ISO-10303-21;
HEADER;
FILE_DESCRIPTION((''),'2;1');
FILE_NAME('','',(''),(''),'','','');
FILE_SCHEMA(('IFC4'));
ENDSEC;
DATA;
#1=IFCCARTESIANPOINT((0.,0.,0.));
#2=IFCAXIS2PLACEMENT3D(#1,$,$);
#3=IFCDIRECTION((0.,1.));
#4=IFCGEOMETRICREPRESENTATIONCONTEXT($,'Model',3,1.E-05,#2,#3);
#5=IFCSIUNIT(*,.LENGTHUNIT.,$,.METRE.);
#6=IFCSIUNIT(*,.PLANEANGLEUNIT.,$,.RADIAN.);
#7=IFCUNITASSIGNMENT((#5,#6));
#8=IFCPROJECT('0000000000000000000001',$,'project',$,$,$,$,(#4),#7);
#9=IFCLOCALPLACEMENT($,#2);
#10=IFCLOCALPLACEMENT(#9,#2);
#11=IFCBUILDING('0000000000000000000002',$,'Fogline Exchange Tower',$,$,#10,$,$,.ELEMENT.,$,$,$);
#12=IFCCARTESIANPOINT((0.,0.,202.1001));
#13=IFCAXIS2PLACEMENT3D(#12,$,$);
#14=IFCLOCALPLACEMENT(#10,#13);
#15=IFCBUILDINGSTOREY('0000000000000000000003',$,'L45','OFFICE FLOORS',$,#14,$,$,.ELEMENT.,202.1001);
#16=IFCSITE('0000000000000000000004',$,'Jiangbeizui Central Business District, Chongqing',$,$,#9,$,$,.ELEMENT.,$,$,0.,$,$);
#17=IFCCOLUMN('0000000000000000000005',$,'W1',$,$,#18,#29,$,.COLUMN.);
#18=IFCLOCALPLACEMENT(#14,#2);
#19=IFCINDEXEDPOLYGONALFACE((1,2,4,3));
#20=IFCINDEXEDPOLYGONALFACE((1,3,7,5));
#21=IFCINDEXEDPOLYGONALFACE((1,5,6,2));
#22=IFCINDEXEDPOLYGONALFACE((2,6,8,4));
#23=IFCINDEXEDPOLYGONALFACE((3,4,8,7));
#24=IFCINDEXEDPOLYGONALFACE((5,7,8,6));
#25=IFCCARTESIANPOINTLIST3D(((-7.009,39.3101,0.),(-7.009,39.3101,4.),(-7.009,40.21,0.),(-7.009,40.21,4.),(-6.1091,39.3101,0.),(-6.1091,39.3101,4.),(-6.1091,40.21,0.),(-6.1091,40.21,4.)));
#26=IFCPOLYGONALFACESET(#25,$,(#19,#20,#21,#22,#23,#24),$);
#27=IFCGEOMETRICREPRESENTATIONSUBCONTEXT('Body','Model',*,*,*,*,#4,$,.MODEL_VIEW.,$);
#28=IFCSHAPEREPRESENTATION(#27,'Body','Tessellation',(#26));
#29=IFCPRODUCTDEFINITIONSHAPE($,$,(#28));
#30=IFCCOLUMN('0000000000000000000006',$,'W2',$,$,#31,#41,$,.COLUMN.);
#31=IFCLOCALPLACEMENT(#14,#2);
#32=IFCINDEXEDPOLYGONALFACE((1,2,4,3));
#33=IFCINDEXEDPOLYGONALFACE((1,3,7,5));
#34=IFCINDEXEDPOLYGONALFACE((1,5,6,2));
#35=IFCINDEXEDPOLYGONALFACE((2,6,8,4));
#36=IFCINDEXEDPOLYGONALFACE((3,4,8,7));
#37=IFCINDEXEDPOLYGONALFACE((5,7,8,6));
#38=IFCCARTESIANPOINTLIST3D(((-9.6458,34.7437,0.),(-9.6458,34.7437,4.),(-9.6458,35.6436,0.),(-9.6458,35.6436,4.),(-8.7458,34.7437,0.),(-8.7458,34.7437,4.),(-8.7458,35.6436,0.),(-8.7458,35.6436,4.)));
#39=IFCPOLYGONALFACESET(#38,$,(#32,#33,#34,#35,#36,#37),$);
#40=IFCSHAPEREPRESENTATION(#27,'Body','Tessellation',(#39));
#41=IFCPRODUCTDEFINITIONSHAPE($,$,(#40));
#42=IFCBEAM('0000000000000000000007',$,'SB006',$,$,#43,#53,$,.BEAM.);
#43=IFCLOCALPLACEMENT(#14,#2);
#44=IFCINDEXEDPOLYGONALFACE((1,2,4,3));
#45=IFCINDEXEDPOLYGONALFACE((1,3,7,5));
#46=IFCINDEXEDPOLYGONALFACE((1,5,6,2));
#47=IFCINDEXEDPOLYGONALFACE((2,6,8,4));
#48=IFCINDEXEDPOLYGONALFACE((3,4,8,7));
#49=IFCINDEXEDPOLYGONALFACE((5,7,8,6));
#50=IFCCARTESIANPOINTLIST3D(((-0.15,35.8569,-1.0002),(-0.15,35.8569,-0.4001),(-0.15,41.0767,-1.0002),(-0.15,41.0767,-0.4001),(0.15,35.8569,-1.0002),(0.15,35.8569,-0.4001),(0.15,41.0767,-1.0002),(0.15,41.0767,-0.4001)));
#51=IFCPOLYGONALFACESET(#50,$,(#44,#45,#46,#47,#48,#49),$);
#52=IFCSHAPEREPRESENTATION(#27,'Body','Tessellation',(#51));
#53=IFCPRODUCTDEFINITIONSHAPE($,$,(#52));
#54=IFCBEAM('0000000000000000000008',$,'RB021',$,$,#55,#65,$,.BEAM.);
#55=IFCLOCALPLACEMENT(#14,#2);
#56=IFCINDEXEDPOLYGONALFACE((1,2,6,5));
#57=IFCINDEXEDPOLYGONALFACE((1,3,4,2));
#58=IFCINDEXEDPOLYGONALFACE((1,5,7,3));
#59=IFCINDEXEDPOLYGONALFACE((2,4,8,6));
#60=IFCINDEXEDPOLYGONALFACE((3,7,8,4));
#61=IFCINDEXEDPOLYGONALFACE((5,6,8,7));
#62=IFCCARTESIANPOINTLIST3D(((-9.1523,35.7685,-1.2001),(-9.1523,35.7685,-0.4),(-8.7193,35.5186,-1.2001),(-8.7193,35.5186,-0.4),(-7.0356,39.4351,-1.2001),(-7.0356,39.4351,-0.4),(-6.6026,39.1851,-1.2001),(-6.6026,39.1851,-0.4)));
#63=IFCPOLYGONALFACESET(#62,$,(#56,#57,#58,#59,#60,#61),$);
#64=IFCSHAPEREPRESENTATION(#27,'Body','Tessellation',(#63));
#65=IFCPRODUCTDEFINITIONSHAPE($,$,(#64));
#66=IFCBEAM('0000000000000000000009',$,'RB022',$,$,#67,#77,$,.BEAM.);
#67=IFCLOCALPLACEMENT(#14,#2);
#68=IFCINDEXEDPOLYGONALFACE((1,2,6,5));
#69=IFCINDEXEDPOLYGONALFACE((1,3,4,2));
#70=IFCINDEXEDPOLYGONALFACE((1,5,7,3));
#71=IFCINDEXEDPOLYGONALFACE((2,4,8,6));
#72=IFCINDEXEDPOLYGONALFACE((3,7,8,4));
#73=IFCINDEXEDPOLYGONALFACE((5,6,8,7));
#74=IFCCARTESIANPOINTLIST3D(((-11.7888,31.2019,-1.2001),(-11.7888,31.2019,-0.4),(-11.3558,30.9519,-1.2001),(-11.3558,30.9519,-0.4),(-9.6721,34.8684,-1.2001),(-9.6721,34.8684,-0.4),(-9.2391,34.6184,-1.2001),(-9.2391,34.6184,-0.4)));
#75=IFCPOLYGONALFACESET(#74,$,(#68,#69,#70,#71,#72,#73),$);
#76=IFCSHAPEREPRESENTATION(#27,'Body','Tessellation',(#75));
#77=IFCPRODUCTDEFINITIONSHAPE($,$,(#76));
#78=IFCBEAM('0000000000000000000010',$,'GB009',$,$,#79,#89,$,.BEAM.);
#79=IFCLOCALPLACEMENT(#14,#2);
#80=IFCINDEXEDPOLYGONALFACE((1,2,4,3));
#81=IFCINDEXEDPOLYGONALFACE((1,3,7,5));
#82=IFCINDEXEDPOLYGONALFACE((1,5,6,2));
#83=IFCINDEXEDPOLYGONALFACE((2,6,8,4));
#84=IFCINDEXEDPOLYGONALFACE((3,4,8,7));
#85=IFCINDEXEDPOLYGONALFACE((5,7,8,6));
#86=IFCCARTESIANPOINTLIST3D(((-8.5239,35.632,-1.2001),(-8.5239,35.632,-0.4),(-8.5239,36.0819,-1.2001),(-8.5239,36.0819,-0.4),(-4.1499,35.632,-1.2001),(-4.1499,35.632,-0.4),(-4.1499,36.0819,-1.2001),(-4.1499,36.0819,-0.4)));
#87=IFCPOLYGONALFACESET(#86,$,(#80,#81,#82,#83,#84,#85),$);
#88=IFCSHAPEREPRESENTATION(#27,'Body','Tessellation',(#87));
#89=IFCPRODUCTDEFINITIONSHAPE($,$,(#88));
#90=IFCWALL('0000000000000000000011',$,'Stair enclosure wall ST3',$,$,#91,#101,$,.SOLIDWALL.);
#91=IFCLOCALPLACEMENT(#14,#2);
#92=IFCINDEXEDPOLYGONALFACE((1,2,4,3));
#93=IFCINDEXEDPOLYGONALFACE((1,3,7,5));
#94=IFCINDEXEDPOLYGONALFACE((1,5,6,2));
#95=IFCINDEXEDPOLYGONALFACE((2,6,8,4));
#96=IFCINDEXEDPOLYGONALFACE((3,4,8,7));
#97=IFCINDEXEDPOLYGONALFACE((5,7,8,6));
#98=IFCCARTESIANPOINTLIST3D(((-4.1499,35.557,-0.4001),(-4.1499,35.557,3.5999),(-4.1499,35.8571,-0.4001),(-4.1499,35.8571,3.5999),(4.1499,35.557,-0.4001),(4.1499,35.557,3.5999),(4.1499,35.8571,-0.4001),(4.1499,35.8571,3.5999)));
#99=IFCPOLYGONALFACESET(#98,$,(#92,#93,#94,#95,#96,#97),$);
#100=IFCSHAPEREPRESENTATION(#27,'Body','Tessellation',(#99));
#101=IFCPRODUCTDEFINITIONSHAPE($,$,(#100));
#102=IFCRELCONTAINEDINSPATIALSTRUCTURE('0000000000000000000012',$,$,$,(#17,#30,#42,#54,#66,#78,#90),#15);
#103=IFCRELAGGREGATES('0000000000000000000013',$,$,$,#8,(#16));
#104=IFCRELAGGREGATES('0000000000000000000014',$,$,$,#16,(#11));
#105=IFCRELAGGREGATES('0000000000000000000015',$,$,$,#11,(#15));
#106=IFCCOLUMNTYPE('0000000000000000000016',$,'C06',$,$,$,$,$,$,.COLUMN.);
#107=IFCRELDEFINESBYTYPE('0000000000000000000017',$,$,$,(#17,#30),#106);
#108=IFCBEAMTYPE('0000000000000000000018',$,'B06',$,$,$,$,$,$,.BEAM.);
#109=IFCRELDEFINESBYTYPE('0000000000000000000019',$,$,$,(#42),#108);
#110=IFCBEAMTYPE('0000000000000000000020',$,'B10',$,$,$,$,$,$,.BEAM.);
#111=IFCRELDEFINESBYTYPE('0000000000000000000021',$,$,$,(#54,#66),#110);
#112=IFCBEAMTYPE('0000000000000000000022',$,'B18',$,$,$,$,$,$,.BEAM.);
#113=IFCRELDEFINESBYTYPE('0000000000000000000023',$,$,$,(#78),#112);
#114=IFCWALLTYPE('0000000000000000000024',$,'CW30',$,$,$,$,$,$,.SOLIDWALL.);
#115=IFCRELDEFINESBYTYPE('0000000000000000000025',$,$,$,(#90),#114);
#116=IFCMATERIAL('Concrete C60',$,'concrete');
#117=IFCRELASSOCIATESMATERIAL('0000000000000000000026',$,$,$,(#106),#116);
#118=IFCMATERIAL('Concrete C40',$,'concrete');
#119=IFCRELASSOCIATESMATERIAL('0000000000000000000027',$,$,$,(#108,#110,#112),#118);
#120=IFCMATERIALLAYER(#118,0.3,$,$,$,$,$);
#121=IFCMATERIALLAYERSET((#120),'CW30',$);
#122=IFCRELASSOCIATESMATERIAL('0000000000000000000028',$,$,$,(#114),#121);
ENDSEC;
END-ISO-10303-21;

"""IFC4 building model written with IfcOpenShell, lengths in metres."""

from ifc_helpers import new_model, si_unit, direction, frame, frame_2d, origin, origin_2d, place, context, subcontext, project, spatial, rectangle, extrude, material, layer, layer_set, material_profile, profile_set, type_object, element, save


model = new_model("IFC4")

# Units and contexts
model_context = context("Model", 3, precision=1e-05, world=origin(), true_north=direction((0.0, 1.0)))
body_context = subcontext(model_context, "Body", "Model", "MODEL_VIEW")
ifc_project = project(units=[si_unit("LENGTHUNIT", "METRE"), si_unit("PLANEANGLEUNIT", "RADIAN")], contexts=[model_context])

# Site, building, storey
site_placement = place(None, origin())
site = spatial("IfcSite", under=ifc_project, at=site_placement, Name="Jiangbeizui Central Business District, Chongqing", CompositionType="ELEMENT", RefElevation=0.0)
building_placement = place(site_placement, origin())
building = spatial("IfcBuilding", under=site, at=building_placement, Name="Fogline Exchange Tower", CompositionType="ELEMENT")
storey_placement = place(building_placement, frame((0.0, 0.0, 202.1001)))
storey = spatial("IfcBuildingStorey", under=building, at=storey_placement, Name="L45", Description="OFFICE FLOORS", CompositionType="ELEMENT", Elevation=202.1001)

# Columns
ifc_material_1 = material(Name="Concrete C60", Category="concrete")
ifc_material_profile_1 = material_profile(ifc_material_1, rectangle(XDim=0.8999, YDim=0.8999, at=origin_2d()), Name="RC 900x900")
ifc_profile_set_1 = profile_set([ifc_material_profile_1], Name="Concrete C60")
column_type = type_object("IfcColumnType", Name="C06", PredefinedType="COLUMN", material=ifc_profile_set_1)
for number, where, z_axis, x_axis, name in (
    (1, (-6.5591, 39.76, 0.0), (0.0, 0.0, 1.0), (1.0, 0.0, 0.0), "W1"),
    (2, (-9.1958, 35.1936, 0.0), (0.0, 0.0, 1.0), (1.0, 0.0, 0.0), "W2"),
):
    element("IfcColumn", number, at=place(storey_placement, frame(where, z_axis=z_axis, x_axis=x_axis)), inside=storey, type_object=column_type, Name=name, PredefinedType="COLUMN", context=body_context, shape_type="SweptSolid", body=[
        extrude(rectangle(XDim=0.8999, YDim=0.8999, at=origin_2d()), origin(), (0.0, 0.0, 1.0), 4.0),
    ])

# Beams
ifc_material_2 = material(Name="Concrete C40", Category="concrete")
ifc_material_profile_2 = material_profile(ifc_material_2, rectangle(XDim=0.3, YDim=0.6001, at=origin_2d()), Name="RC 300x600")
ifc_profile_set_2 = profile_set([ifc_material_profile_2], Name="Concrete C40")
beam_type_1 = type_object("IfcBeamType", Name="B06", PredefinedType="BEAM", material=ifc_profile_set_2)
beam_1_placement = place(storey_placement, frame((0.0, 35.8569, -0.7002), z_axis=(0.0, 1.0, 0.0), x_axis=(-1.0, 0.0, 0.0)))
element("IfcBeam", 3, at=beam_1_placement, inside=storey, type_object=beam_type_1, Name="SB006", PredefinedType="BEAM", context=body_context, shape_type="SweptSolid", body=[
    extrude(rectangle(XDim=0.3, YDim=0.6001, at=origin_2d()), origin(), (0.0, 0.0, 1.0), 5.2197),
])
ifc_material_profile_3 = material_profile(ifc_material_2, rectangle(XDim=0.5, YDim=0.8, at=origin_2d()), Name="RC 500x800")
ifc_profile_set_3 = profile_set([ifc_material_profile_3], Name="Concrete C40")
beam_type_2 = type_object("IfcBeamType", Name="B10", PredefinedType="BEAM", material=ifc_profile_set_3)
for number, where, z_axis, x_axis, name in (
    (4, (-6.8191, 39.3101, -0.8), (-0.499972, -0.866042, 0.0), (0.866042, -0.499972, 0.0), "RB021"),
    (5, (-9.4556, 34.7434, -0.8), (-0.499972, -0.866042, 0.0), (0.866042, -0.499972, 0.0), "RB022"),
):
    element("IfcBeam", number, at=place(storey_placement, frame(where, z_axis=z_axis, x_axis=x_axis)), inside=storey, type_object=beam_type_2, Name=name, PredefinedType="BEAM", context=body_context, shape_type="SweptSolid", body=[
        extrude(rectangle(XDim=0.5, YDim=0.8, at=origin_2d()), origin(), (0.0, 0.0, 1.0), 4.2336),
    ])
ifc_material_profile_4 = material_profile(ifc_material_2, rectangle(XDim=0.45, YDim=0.8, at=origin_2d()), Name="RC 450x800")
ifc_profile_set_4 = profile_set([ifc_material_profile_4], Name="Concrete C40")
beam_type_3 = type_object("IfcBeamType", Name="B18", PredefinedType="BEAM", material=ifc_profile_set_4)
beam_2_placement = place(storey_placement, frame((-8.5239, 35.8569, -0.8), z_axis=(1.0, 0.0, 0.0), x_axis=(0.0, 1.0, 0.0)))
element("IfcBeam", 6, at=beam_2_placement, inside=storey, type_object=beam_type_3, Name="GB009", PredefinedType="BEAM", context=body_context, shape_type="SweptSolid", body=[
    extrude(rectangle(XDim=0.45, YDim=0.8, at=origin_2d()), origin(), (0.0, 0.0, 1.0), 4.374),
])

# Wall
ifc_layer = layer(ifc_material_2, 0.3)
ifc_layer_set = layer_set([ifc_layer], Name="CW30")
wall_type = type_object("IfcWallType", Name="CW30", PredefinedType="SOLIDWALL", material=ifc_layer_set)
wall_placement = place(storey_placement, frame((-4.1499, 35.707, -0.4001), z_axis=(0.0, 0.0, 1.0), x_axis=(1.0, 0.0, 0.0)))
element("IfcWall", 7, at=wall_placement, inside=storey, type_object=wall_type, Name="Stair enclosure wall ST3", PredefinedType="SOLIDWALL", context=body_context, shape_type="SweptSolid", body=[
    extrude(rectangle(XDim=8.2998, YDim=0.3, at=frame_2d((4.1499, 0.0))), origin(), (0.0, 0.0, 1.0), 4.0),
])

save(model, "model.ifc")
